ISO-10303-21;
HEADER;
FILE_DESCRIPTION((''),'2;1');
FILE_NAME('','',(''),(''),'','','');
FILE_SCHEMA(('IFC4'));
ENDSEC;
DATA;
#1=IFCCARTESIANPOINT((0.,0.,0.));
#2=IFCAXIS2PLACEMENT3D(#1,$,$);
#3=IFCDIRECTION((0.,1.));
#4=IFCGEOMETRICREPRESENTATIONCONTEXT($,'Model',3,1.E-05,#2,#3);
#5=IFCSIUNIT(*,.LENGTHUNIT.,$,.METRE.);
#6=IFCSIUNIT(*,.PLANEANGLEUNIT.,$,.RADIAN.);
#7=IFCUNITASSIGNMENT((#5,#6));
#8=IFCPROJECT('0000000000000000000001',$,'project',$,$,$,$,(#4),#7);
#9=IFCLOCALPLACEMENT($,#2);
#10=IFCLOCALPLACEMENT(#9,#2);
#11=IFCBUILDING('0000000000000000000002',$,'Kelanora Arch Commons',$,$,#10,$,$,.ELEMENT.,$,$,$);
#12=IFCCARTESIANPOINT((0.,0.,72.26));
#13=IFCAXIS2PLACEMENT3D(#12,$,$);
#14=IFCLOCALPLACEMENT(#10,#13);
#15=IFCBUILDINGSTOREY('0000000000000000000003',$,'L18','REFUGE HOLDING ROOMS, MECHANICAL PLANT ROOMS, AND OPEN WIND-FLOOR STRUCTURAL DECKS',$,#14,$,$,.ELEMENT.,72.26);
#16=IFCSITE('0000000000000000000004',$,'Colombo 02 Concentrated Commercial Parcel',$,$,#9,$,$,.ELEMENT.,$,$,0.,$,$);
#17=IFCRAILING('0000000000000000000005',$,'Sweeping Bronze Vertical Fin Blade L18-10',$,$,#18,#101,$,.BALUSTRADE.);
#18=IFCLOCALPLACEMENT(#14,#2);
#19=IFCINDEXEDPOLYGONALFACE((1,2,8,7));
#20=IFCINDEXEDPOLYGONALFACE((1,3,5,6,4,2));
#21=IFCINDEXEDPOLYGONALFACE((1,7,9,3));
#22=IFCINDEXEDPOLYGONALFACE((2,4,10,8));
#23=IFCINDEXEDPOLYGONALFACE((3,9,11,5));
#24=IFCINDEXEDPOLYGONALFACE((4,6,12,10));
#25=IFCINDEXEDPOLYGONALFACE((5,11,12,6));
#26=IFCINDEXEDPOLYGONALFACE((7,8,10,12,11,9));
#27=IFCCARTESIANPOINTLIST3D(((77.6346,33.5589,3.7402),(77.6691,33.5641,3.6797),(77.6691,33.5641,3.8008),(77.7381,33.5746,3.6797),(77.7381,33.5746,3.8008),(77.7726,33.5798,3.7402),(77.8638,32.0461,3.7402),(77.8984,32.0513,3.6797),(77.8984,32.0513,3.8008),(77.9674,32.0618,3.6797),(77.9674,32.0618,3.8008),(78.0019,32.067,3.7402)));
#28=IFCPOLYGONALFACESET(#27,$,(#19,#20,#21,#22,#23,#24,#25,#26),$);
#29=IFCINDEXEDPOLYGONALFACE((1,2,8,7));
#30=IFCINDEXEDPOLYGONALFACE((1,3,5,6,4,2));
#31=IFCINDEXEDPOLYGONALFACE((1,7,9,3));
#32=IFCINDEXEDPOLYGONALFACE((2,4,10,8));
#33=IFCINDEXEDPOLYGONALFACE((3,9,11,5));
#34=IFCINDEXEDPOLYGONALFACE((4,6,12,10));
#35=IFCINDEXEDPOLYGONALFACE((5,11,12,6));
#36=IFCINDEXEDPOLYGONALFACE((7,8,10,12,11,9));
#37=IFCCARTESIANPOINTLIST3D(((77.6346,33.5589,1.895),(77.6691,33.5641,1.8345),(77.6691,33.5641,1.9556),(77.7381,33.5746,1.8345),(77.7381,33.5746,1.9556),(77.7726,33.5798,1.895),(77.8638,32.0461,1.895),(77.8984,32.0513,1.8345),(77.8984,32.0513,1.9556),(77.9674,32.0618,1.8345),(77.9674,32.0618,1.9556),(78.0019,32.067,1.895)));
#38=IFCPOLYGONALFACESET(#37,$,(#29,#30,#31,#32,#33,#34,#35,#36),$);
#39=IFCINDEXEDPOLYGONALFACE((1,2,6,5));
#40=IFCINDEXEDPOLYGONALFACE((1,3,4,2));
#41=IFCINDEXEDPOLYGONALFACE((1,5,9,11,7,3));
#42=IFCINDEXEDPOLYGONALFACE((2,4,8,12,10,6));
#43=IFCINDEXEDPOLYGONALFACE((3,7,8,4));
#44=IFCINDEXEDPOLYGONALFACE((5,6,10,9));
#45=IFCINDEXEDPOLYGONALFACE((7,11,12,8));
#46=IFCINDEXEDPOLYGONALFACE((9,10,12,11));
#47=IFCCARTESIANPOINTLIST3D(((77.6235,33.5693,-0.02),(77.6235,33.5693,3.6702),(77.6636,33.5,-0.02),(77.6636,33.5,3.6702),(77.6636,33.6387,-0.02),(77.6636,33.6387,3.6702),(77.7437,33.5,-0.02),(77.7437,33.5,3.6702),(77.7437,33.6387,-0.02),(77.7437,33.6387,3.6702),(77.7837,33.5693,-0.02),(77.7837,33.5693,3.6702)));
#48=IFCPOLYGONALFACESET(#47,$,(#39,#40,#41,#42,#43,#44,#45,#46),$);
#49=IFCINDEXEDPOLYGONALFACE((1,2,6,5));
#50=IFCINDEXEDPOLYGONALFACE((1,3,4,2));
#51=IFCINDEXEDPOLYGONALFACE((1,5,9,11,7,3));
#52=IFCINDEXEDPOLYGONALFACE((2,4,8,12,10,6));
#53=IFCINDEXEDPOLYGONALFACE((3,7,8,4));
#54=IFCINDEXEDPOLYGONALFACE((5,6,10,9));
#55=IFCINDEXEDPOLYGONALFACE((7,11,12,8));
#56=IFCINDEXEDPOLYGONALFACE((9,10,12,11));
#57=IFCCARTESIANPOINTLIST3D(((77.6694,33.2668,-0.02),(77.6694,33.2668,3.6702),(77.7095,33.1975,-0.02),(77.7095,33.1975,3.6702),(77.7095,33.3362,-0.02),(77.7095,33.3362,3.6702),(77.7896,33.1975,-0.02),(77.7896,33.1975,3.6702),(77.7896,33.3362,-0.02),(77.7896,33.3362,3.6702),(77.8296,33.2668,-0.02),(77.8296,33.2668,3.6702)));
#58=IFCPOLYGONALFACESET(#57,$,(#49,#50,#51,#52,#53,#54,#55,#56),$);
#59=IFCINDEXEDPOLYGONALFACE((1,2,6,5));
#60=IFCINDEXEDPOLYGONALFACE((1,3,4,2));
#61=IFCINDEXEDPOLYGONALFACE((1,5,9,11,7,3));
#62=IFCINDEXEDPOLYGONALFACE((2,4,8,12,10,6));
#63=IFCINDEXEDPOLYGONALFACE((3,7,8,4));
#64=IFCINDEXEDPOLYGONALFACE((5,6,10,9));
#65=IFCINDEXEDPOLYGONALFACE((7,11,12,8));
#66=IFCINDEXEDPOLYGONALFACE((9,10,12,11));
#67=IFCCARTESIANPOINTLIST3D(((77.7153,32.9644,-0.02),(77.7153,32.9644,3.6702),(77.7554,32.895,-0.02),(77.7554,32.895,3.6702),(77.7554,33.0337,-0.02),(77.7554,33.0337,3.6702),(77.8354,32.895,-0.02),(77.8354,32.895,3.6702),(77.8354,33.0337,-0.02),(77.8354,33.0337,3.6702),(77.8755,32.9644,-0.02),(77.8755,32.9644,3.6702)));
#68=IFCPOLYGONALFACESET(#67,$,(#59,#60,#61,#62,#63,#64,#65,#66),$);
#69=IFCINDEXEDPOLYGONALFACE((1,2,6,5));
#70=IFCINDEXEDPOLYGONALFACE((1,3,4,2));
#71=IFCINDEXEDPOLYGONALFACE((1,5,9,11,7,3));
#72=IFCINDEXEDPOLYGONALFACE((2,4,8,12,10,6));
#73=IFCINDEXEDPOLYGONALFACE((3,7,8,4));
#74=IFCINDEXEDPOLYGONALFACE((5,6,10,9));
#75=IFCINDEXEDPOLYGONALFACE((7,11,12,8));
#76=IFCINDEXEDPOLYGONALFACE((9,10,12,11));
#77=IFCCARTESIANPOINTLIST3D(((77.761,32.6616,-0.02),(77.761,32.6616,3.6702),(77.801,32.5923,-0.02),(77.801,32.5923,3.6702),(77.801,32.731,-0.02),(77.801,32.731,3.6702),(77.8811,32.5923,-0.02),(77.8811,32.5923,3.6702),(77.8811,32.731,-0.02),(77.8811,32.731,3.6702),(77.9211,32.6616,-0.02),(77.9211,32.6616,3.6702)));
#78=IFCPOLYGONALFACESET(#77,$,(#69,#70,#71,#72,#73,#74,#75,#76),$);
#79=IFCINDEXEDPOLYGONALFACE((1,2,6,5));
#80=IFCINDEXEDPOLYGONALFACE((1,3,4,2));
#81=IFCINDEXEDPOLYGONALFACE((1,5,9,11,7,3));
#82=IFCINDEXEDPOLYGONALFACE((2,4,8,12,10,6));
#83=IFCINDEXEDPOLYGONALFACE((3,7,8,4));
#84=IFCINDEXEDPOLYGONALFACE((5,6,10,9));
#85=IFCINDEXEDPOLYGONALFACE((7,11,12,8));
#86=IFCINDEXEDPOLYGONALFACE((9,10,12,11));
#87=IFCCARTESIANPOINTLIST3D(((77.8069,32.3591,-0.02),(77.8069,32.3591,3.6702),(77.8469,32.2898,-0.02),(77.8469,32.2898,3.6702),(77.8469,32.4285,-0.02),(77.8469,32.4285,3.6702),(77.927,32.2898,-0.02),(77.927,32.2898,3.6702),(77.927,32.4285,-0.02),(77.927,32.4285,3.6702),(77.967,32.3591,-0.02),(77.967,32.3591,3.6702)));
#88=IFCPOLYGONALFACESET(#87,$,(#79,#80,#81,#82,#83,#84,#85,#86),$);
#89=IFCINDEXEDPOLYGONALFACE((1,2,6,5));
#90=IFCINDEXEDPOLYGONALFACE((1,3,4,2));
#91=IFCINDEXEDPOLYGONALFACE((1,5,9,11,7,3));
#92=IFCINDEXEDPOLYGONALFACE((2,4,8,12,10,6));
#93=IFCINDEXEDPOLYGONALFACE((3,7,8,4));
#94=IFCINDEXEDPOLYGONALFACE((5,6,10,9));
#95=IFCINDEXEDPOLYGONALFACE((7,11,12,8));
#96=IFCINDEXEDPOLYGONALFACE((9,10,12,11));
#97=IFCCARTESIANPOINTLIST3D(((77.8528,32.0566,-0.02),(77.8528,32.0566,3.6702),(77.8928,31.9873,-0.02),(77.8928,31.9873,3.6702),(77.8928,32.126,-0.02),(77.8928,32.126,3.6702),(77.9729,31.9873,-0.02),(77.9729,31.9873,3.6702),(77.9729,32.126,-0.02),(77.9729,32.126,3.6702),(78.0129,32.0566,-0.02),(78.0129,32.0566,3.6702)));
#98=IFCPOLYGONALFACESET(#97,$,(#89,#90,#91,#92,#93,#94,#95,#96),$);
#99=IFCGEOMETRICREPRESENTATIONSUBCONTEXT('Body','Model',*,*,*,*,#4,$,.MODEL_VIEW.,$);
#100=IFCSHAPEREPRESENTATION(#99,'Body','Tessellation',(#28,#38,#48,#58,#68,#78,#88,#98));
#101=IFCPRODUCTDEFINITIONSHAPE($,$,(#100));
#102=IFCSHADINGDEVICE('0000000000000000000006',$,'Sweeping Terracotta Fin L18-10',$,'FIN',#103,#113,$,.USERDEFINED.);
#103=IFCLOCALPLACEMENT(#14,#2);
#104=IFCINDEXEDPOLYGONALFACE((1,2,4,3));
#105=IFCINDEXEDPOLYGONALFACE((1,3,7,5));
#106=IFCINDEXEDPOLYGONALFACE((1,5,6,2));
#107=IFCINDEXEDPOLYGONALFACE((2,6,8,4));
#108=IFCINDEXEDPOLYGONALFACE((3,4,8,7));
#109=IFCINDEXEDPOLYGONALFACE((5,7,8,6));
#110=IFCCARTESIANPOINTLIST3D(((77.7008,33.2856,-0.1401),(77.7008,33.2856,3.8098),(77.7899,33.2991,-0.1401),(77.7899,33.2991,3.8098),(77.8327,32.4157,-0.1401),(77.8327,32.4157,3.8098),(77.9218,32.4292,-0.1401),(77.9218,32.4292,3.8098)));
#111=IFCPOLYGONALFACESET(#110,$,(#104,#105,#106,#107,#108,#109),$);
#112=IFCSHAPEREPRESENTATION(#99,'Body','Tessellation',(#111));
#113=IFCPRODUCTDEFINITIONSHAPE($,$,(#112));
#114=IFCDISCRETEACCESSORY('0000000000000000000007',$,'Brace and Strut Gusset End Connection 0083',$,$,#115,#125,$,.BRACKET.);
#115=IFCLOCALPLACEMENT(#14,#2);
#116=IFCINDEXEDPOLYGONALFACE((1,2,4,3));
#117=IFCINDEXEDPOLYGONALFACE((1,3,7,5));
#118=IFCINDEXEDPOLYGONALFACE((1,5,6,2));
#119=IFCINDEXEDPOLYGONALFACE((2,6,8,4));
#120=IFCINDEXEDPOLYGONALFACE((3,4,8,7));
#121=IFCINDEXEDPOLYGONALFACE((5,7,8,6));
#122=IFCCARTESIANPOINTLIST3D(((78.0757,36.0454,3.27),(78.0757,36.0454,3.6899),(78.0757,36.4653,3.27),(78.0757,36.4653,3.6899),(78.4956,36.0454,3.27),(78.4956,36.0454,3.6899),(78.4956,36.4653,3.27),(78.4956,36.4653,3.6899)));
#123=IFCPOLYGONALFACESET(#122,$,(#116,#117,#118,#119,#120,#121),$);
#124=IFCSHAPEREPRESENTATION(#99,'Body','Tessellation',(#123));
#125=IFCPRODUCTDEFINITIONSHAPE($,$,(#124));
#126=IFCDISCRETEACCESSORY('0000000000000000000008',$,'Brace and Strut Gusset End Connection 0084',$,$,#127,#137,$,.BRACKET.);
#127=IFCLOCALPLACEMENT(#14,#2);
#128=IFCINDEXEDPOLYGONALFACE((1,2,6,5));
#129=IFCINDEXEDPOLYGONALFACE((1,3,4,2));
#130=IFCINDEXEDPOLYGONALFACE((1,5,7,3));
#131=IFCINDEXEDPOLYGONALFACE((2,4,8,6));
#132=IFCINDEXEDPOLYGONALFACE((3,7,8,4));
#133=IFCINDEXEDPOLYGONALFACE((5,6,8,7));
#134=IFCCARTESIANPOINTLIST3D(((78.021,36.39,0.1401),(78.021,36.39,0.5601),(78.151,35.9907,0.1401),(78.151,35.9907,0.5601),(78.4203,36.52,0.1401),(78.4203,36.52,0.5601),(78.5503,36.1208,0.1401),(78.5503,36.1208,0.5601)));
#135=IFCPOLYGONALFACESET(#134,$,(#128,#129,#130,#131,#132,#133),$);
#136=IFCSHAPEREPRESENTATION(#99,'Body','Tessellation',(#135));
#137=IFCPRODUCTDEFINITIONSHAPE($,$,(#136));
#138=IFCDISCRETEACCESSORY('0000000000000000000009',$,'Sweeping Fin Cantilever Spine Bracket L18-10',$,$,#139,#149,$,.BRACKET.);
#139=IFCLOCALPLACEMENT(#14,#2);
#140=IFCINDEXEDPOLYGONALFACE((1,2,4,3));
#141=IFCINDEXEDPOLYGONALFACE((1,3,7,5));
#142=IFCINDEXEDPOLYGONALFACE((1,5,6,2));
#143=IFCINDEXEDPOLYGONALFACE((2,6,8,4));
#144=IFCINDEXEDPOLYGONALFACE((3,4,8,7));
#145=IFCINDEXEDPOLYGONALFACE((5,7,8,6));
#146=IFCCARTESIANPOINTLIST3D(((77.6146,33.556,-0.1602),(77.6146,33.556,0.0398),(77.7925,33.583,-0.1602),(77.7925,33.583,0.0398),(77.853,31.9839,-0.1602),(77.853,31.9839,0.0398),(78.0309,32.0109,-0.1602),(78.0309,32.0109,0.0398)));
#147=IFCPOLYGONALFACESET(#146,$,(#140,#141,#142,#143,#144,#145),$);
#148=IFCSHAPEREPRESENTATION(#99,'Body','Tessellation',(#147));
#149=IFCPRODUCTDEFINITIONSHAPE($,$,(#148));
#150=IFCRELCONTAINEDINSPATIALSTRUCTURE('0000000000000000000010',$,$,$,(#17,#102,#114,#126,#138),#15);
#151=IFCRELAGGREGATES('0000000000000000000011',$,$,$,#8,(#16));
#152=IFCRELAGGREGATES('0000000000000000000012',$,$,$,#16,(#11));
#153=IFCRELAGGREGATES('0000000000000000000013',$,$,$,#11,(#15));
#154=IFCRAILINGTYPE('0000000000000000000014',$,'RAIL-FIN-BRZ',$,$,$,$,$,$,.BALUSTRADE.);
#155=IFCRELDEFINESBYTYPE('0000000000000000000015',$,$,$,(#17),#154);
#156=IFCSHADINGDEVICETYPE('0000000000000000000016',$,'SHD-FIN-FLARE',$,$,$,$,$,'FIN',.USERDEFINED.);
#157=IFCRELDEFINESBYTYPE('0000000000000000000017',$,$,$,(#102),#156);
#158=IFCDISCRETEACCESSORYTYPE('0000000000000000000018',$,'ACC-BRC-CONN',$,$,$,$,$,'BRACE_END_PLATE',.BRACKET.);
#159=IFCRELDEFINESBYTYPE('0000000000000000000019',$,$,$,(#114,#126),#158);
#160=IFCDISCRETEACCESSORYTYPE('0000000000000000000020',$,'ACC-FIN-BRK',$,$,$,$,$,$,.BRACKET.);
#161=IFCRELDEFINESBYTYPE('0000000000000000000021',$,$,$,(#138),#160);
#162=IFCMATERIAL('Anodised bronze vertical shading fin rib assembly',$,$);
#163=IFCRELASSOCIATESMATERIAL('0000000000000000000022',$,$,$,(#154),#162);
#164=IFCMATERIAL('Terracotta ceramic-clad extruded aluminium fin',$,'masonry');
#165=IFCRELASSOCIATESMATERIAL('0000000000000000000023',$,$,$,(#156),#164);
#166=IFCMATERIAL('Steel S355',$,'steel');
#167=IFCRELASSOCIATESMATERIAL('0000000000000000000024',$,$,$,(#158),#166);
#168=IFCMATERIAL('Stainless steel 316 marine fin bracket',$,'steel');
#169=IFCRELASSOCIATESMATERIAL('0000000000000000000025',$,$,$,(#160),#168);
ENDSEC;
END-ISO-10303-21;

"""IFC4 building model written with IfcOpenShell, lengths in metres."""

from ifc_helpers import new_model, si_unit, direction, frame, origin, origin_2d, place, context, subcontext, project, spatial, polyline, rectangle, outline, extrude, source, transform, mapped, material, type_object, element, save


model = new_model("IFC4")

# Units and contexts
model_context = context("Model", 3, precision=1e-05, world=origin(), true_north=direction((0.0, 1.0)))
body_context = subcontext(model_context, "Body", "Model", "MODEL_VIEW")
ifc_project = project(units=[si_unit("LENGTHUNIT", "METRE"), si_unit("PLANEANGLEUNIT", "RADIAN")], contexts=[model_context])

# Site, building, storey
site_placement = place(None, origin())
site = spatial("IfcSite", under=ifc_project, at=site_placement, Name="Colombo 02 Concentrated Commercial Parcel", CompositionType="ELEMENT", RefElevation=0.0)
building_placement = place(site_placement, origin())
building = spatial("IfcBuilding", under=site, at=building_placement, Name="Kelanora Arch Commons", CompositionType="ELEMENT")
storey_placement = place(building_placement, frame((0.0, 0.0, 72.26)))
storey = spatial("IfcBuildingStorey", under=building, at=storey_placement, Name="L18", Description="REFUGE HOLDING ROOMS, MECHANICAL PLANT ROOMS, AND OPEN WIND-FLOOR STRUCTURAL DECKS", CompositionType="ELEMENT", Elevation=72.26)

# Shared definitions
ifc_material_1 = material(Name="Steel S355", Category="steel")

# Railing
ifc_material_2 = material(Name="Anodised bronze vertical shading fin rib assembly")
railing_type = type_object("IfcRailingType", Name="RAIL-FIN-BRZ", PredefinedType="BALUSTRADE", material=ifc_material_2)
railing_placement = place(storey_placement, frame((77.7036, 33.5693, -0.02)))
element("IfcRailing", 1, at=railing_placement, inside=storey, type_object=railing_type, Name="Sweeping Bronze Vertical Fin Blade L18-10", PredefinedType="BALUSTRADE", context=body_context, shape_type="SweptSolid", body=[
    extrude(outline(polyline([(0.0698, 0.0), (0.0349, 0.0605), (-0.0349, 0.0605), (-0.0698, 0.0), (-0.0349, -0.0605), (0.0349, -0.0605), (0.0698, 0.0)])), frame((0.0, 0.0, 3.7603), z_axis=(0.149838, -0.98871, 0.0), x_axis=(0.98871, 0.149838, 0.0)), (0.0, 0.0, 1.0), 1.53),
    extrude(outline(polyline([(0.0698, 0.0), (0.0349, 0.0605), (-0.0349, 0.0605), (-0.0698, 0.0), (-0.0349, -0.0605), (0.0349, -0.0605), (0.0698, 0.0)])), frame((0.0, 0.0, 1.915), z_axis=(0.149838, -0.98871, 0.0), x_axis=(0.98871, 0.149838, 0.0)), (0.0, 0.0, 1.0), 1.53),
    extrude(outline(polyline([(0.0801, 0.0), (0.04, 0.0693), (-0.04, 0.0693), (-0.0801, 0.0), (-0.04, -0.0693), (0.04, -0.0693), (0.0801, 0.0)])), origin(), (0.0, 0.0, 1.0), 3.6902),
    extrude(outline(polyline([(0.0801, 0.0), (0.04, 0.0693), (-0.04, 0.0693), (-0.0801, 0.0), (-0.04, -0.0693), (0.04, -0.0693), (0.0801, 0.0)])), frame((0.0459, -0.3025, 0.0)), (0.0, 0.0, 1.0), 3.6902),
    extrude(outline(polyline([(0.0801, 0.0), (0.04, 0.0693), (-0.04, 0.0693), (-0.0801, 0.0), (-0.04, -0.0693), (0.04, -0.0693), (0.0801, 0.0)])), frame((0.0918, -0.605, 0.0)), (0.0, 0.0, 1.0), 3.6902),
    extrude(outline(polyline([(0.0801, 0.0), (0.04, 0.0693), (-0.04, 0.0693), (-0.0801, 0.0), (-0.04, -0.0693), (0.04, -0.0693), (0.0801, 0.0)])), frame((0.1375, -0.9077, 0.0)), (0.0, 0.0, 1.0), 3.6902),
    extrude(outline(polyline([(0.0801, 0.0), (0.04, 0.0693), (-0.04, 0.0693), (-0.0801, 0.0), (-0.04, -0.0693), (0.04, -0.0693), (0.0801, 0.0)])), frame((0.1833, -1.2102, 0.0)), (0.0, 0.0, 1.0), 3.6902),
    extrude(outline(polyline([(0.0801, 0.0), (0.04, 0.0693), (-0.04, 0.0693), (-0.0801, 0.0), (-0.04, -0.0693), (0.04, -0.0693), (0.0801, 0.0)])), frame((0.2292, -1.5127, 0.0)), (0.0, 0.0, 1.0), 3.6902),
])

# Shading device
ifc_material_3 = material(Name="Terracotta ceramic-clad extruded aluminium fin", Category="masonry")
shading_device_type = type_object("IfcShadingDeviceType", Name="SHD-FIN-FLARE", ElementType="FIN", PredefinedType="USERDEFINED", material=ifc_material_3)
shared_shape_1 = source(origin(), body_context, "Body", "SweptSolid", [
    extrude(rectangle(XDim=0.8799, YDim=0.0901, at=origin_2d()), origin(), (0.0, 0.0, 1.0), 3.95),
])
shading_device_placement = place(storey_placement, frame((77.8113, 32.8574, -0.1401), z_axis=(0.0, 0.0, 1.0), x_axis=(0.14988, -0.988704, 0.0)))
element("IfcShadingDevice", 2, at=shading_device_placement, inside=storey, type_object=shading_device_type, Name="Sweeping Terracotta Fin L18-10", ObjectType="FIN", PredefinedType="USERDEFINED", context=body_context, shape_type="MappedRepresentation", body=[
    mapped(shared_shape_1, transform((0.0, 0.0, 0.0), scale=1.0)),
])

# Discrete accessories
discrete_accessory_type_1 = type_object("IfcDiscreteAccessoryType", Name="ACC-BRC-CONN", ElementType="BRACE_END_PLATE", PredefinedType="BRACKET", material=ifc_material_1)
shared_shape_2 = source(origin(), body_context, "Body", "SweptSolid", [
    extrude(rectangle(XDim=0.4199, YDim=0.4199, at=origin_2d()), origin(), (0.0, 0.0, 1.0), 0.4199),
])
for number, where, z_axis, x_axis, name in (
    (3, (78.2856, 36.2554, 3.27), (0.0, 0.0, 1.0), (1.0, 0.0, 0.0), "Brace and Strut Gusset End Connection 0083"),
    (4, (78.2856, 36.2554, 0.1401), (0.0, 0.0, 1.0), (0.950841, 0.309681, 0.0), "Brace and Strut Gusset End Connection 0084"),
):
    element("IfcDiscreteAccessory", number, at=place(storey_placement, frame(where, z_axis=z_axis, x_axis=x_axis)), inside=storey, type_object=discrete_accessory_type_1, Name=name, PredefinedType="BRACKET", context=body_context, shape_type="MappedRepresentation", body=[
        mapped(shared_shape_2, transform((0.0, 0.0, 0.0), scale=1.0)),
    ])
ifc_material_4 = material(Name="Stainless steel 316 marine fin bracket", Category="steel")
discrete_accessory_type_2 = type_object("IfcDiscreteAccessoryType", Name="ACC-FIN-BRK", PredefinedType="BRACKET", material=ifc_material_4)
shared_shape_3 = source(origin(), body_context, "Body", "SweptSolid", [
    extrude(rectangle(XDim=1.5901, YDim=0.1799, at=origin_2d()), origin(), (0.0, 0.0, 1.0), 0.2),
])
discrete_accessory_placement = place(storey_placement, frame((77.8228, 32.7834, -0.1602), z_axis=(0.0, 0.0, 1.0), x_axis=(0.14988, -0.988704, 0.0)))
element("IfcDiscreteAccessory", 5, at=discrete_accessory_placement, inside=storey, type_object=discrete_accessory_type_2, Name="Sweeping Fin Cantilever Spine Bracket L18-10", PredefinedType="BRACKET", context=body_context, shape_type="MappedRepresentation", body=[
    mapped(shared_shape_3, transform((0.0, 0.0, 0.0), scale=1.0)),
])

save(model, "model.ifc")
